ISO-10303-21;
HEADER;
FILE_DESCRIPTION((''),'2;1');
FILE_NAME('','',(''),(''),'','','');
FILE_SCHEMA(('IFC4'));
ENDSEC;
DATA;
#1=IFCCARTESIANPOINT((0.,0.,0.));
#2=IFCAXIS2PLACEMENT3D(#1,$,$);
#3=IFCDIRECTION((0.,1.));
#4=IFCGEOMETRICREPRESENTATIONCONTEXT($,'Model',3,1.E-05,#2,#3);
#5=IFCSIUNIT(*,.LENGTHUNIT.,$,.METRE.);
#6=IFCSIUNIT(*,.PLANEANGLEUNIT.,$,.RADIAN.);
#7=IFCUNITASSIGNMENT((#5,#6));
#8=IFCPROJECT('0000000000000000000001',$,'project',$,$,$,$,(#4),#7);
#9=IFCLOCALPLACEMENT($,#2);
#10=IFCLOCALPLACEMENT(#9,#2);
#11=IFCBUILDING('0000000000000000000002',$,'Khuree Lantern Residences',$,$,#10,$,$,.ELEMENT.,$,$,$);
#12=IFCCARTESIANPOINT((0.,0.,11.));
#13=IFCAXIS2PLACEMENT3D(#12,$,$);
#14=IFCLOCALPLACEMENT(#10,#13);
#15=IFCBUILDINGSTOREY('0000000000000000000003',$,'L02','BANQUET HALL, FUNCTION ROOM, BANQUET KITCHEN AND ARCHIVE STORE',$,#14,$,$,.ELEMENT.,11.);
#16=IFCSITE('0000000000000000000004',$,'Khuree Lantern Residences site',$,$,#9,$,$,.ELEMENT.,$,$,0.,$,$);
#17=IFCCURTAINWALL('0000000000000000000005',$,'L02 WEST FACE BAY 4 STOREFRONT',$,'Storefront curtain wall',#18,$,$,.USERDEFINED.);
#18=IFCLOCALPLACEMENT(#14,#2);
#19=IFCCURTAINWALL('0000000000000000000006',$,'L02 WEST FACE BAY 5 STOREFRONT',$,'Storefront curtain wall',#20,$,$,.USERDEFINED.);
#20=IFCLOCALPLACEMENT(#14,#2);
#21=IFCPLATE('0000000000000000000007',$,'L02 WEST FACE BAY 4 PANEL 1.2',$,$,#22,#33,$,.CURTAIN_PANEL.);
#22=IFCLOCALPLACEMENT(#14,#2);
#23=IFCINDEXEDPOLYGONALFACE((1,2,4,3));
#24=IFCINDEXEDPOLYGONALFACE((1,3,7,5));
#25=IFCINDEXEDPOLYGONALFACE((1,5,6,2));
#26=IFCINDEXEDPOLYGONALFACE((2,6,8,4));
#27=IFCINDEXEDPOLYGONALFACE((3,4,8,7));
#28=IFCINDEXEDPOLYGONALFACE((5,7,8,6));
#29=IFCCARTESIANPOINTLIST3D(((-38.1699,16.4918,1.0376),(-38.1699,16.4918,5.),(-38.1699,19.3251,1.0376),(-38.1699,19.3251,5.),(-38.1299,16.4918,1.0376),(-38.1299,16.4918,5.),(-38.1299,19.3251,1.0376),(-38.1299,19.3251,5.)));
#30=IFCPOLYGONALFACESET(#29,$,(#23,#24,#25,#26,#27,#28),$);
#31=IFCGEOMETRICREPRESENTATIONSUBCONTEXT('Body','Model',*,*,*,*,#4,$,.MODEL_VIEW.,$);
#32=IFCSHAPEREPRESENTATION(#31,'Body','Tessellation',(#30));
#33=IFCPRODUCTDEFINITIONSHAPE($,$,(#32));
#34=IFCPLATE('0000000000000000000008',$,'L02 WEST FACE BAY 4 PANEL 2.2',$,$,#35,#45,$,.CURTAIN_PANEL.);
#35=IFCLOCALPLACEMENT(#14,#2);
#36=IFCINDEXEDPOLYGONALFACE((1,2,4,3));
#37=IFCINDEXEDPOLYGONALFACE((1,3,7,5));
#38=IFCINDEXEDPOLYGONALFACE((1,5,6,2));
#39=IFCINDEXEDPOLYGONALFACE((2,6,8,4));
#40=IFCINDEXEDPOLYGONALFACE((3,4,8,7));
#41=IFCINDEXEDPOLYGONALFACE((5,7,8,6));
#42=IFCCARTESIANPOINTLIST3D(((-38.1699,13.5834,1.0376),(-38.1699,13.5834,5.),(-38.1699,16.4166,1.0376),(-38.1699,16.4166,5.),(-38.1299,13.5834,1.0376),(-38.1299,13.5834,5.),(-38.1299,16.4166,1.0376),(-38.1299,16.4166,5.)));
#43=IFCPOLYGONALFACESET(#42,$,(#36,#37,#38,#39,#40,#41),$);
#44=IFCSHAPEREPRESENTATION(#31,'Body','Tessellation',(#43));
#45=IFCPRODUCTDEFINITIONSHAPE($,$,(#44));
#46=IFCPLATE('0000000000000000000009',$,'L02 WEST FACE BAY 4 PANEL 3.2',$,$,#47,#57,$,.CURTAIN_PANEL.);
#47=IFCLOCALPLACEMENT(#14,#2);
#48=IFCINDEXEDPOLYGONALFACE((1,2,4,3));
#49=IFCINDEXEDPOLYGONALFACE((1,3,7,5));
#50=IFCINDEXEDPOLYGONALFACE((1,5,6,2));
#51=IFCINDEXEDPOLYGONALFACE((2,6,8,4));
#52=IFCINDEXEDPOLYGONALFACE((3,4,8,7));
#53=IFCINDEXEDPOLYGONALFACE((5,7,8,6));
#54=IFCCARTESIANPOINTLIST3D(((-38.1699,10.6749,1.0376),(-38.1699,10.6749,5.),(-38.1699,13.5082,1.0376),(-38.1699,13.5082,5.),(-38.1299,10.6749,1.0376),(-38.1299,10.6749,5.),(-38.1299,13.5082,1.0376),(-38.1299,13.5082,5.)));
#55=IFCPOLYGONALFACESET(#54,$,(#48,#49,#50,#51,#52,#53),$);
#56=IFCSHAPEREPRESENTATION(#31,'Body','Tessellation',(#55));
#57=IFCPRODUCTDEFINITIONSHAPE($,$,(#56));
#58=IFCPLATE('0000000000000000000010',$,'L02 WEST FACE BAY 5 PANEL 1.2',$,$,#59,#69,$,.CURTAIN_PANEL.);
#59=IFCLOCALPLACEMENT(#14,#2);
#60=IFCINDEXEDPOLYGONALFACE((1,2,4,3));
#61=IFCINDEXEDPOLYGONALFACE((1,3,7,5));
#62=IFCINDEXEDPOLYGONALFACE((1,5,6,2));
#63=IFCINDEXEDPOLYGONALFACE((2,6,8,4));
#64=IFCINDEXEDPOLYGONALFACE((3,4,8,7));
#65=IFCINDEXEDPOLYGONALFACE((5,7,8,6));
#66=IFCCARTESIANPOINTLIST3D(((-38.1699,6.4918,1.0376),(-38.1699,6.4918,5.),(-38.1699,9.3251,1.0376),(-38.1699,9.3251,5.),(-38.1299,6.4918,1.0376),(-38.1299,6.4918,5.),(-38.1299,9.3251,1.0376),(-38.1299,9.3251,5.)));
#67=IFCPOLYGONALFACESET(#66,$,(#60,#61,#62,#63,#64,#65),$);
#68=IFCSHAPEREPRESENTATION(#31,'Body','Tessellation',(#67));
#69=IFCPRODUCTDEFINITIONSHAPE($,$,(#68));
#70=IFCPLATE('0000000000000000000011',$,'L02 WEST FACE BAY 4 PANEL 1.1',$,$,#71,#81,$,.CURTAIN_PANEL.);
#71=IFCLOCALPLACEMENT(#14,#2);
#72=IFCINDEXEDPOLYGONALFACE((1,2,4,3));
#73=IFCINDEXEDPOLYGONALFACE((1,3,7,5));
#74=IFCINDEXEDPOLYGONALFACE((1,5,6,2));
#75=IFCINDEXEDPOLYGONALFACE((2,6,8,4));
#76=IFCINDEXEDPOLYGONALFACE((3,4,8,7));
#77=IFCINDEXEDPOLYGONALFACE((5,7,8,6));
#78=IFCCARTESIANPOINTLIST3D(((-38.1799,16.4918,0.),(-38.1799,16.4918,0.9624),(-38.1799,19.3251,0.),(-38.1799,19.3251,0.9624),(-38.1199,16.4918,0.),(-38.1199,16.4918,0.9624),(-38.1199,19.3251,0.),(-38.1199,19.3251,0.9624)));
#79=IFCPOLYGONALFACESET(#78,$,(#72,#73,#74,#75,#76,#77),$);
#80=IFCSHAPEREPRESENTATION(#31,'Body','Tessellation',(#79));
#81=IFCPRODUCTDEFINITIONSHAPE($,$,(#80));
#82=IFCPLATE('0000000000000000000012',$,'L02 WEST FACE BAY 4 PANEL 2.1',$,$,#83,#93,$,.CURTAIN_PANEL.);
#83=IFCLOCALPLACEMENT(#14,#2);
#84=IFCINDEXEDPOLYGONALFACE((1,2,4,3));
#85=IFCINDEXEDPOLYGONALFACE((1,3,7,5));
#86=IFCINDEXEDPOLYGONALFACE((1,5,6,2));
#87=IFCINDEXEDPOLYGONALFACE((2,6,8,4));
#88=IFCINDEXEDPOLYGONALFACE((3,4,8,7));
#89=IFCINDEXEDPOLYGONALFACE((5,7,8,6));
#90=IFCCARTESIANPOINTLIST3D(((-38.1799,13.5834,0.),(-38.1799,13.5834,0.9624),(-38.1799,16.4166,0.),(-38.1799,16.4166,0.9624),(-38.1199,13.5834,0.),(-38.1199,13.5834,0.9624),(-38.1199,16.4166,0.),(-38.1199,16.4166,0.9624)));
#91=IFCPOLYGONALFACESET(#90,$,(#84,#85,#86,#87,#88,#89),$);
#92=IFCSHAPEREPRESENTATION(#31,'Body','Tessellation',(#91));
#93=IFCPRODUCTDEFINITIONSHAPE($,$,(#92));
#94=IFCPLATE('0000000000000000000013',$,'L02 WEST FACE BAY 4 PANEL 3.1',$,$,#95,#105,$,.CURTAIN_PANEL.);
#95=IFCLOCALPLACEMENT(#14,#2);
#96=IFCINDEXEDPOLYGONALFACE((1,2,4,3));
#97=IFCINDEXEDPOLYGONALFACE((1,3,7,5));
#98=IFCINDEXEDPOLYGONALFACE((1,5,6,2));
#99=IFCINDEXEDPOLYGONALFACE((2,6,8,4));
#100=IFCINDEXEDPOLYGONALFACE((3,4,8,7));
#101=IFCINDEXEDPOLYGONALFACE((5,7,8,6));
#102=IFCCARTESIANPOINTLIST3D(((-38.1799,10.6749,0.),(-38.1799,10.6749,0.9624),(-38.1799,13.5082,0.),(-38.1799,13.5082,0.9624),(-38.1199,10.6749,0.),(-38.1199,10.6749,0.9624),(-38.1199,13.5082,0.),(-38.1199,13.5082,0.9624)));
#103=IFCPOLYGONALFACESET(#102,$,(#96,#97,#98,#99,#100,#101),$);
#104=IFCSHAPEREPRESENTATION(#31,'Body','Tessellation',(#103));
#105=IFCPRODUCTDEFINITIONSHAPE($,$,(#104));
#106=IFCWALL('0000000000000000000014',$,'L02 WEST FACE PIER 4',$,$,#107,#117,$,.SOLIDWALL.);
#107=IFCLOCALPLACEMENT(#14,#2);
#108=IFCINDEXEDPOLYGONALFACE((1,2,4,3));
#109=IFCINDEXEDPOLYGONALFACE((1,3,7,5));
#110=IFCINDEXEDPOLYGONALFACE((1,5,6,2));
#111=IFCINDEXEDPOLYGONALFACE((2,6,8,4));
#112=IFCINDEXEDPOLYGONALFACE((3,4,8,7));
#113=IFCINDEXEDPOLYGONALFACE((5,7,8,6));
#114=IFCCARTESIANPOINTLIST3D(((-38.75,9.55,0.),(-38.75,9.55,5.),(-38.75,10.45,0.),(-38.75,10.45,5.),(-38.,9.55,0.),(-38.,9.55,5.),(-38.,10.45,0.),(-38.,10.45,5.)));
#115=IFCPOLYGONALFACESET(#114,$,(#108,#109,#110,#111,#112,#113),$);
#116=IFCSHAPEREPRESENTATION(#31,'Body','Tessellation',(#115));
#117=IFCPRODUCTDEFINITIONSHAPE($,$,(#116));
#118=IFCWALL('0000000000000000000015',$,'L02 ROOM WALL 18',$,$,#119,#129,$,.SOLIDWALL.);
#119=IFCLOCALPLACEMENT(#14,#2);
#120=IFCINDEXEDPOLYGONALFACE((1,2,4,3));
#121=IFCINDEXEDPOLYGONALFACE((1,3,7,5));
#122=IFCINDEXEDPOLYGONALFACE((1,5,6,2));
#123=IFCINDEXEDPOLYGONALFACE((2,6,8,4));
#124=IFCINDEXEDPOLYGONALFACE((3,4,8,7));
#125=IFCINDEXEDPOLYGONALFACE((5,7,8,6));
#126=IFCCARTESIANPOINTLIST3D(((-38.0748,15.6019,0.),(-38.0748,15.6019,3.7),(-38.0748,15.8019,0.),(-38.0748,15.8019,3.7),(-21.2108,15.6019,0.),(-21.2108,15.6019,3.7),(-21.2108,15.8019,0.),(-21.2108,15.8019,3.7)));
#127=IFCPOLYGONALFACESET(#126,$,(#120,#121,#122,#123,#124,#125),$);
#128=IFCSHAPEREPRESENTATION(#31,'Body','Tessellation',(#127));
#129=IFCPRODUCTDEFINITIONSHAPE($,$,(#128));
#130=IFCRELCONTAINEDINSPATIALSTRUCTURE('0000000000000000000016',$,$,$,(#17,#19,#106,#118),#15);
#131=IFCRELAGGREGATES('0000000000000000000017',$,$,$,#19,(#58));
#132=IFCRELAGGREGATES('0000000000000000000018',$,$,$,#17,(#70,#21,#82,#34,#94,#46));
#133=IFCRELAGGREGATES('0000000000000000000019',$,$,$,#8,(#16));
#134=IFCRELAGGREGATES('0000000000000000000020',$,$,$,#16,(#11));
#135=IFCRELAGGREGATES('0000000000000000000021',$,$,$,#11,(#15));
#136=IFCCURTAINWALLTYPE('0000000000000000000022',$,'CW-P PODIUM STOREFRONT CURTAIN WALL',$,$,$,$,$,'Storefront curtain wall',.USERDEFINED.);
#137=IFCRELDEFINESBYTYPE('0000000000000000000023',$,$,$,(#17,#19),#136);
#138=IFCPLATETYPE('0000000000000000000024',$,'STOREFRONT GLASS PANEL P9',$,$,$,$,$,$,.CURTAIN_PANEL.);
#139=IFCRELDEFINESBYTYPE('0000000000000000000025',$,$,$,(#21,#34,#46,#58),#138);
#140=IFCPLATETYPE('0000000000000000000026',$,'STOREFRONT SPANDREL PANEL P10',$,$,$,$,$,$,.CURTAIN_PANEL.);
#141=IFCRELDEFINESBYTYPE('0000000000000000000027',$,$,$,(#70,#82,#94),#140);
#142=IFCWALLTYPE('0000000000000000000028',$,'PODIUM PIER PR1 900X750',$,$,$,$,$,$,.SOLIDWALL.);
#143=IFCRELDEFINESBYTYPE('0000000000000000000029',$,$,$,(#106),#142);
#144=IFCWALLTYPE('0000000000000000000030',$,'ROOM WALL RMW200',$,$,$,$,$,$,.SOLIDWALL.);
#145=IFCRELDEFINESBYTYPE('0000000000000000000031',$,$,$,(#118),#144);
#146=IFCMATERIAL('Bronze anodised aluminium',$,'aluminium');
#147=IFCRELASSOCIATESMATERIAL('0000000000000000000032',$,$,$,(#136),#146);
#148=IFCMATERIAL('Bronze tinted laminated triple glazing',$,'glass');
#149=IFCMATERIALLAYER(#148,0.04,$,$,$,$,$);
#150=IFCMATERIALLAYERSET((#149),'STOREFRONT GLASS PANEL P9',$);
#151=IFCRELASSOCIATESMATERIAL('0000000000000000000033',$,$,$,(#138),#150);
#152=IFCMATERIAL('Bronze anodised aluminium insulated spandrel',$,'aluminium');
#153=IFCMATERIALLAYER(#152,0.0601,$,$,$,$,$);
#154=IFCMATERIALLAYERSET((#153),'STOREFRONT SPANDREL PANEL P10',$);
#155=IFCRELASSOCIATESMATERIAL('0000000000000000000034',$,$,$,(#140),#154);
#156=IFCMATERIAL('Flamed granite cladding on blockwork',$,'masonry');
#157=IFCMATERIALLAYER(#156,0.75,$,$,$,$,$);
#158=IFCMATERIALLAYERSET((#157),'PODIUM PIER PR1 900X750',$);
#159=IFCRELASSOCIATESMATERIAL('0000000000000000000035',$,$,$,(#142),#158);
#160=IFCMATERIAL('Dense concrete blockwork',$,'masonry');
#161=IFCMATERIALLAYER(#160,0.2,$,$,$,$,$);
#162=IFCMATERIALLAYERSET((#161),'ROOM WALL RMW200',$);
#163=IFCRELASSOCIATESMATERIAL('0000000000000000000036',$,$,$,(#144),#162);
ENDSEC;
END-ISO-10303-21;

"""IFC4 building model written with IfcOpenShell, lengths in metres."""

from ifc_helpers import new_model, si_unit, direction, frame, frame_2d, origin, origin_2d, place, context, subcontext, project, spatial, rectangle, extrude, material, layer, layer_set, type_object, element, aggregate, save


model = new_model("IFC4")

# Units and contexts
model_context = context("Model", 3, precision=1e-05, world=origin(), true_north=direction((0.0, 1.0)))
body_context = subcontext(model_context, "Body", "Model", "MODEL_VIEW")
ifc_project = project(units=[si_unit("LENGTHUNIT", "METRE"), si_unit("PLANEANGLEUNIT", "RADIAN")], contexts=[model_context])

# Site, building, storey
site_placement = place(None, origin())
site = spatial("IfcSite", under=ifc_project, at=site_placement, Name="Khuree Lantern Residences site", CompositionType="ELEMENT", RefElevation=0.0)
building_placement = place(site_placement, origin())
building = spatial("IfcBuilding", under=site, at=building_placement, Name="Khuree Lantern Residences", CompositionType="ELEMENT")
storey_placement = place(building_placement, frame((0.0, 0.0, 11.0)))
storey = spatial("IfcBuildingStorey", under=building, at=storey_placement, Name="L02", Description="BANQUET HALL, FUNCTION ROOM, BANQUET KITCHEN AND ARCHIVE STORE", CompositionType="ELEMENT", Elevation=11.0)

# Curtain wall
ifc_material_1 = material(Name="Bronze anodised aluminium", Category="aluminium")
curtain_wall_type = type_object("IfcCurtainWallType", Name="CW-P PODIUM STOREFRONT CURTAIN WALL", ElementType="Storefront curtain wall", PredefinedType="USERDEFINED", material=ifc_material_1)
curtain_wall_1_placement = place(storey_placement, origin())
curtain_wall_1 = element("IfcCurtainWall", 1, at=curtain_wall_1_placement, inside=storey, type_object=curtain_wall_type, Name="L02 WEST FACE BAY 4 STOREFRONT", ObjectType="Storefront curtain wall", PredefinedType="USERDEFINED")

# Curtain wall
curtain_wall_2_placement = place(storey_placement, origin())
curtain_wall_2 = element("IfcCurtainWall", 2, at=curtain_wall_2_placement, inside=storey, type_object=curtain_wall_type, Name="L02 WEST FACE BAY 5 STOREFRONT", ObjectType="Storefront curtain wall", PredefinedType="USERDEFINED")

# Plates
ifc_material_2 = material(Name="Bronze tinted laminated triple glazing", Category="glass")
ifc_layer_1 = layer(ifc_material_2, 0.04)
ifc_layer_set_1 = layer_set([ifc_layer_1], Name="STOREFRONT GLASS PANEL P9")
plate_type_1 = type_object("IfcPlateType", Name="STOREFRONT GLASS PANEL P9", PredefinedType="CURTAIN_PANEL", material=ifc_layer_set_1)
plate_1_placement = place(storey_placement, frame((-38.1499, 17.9084, 1.0376), z_axis=(0.0, 0.0, 1.0), x_axis=(0.0, -1.0, 0.0)))
plate_1 = element("IfcPlate", 3, at=plate_1_placement, type_object=plate_type_1, Name="L02 WEST FACE BAY 4 PANEL 1.2", PredefinedType="CURTAIN_PANEL", context=body_context, shape_type="SweptSolid", body=[
    extrude(rectangle(XDim=2.8333, YDim=0.04, at=origin_2d()), origin(), (0.0, 0.0, 1.0), 3.9624),
])
plate_2_placement = place(storey_placement, frame((-38.1499, 15.0, 1.0376), z_axis=(0.0, 0.0, 1.0), x_axis=(0.0, -1.0, 0.0)))
plate_2 = element("IfcPlate", 4, at=plate_2_placement, type_object=plate_type_1, Name="L02 WEST FACE BAY 4 PANEL 2.2", PredefinedType="CURTAIN_PANEL", context=body_context, shape_type="SweptSolid", body=[
    extrude(rectangle(XDim=2.8333, YDim=0.04, at=origin_2d()), origin(), (0.0, 0.0, 1.0), 3.9624),
])
plate_3_placement = place(storey_placement, frame((-38.1499, 12.0916, 1.0376), z_axis=(0.0, 0.0, 1.0), x_axis=(0.0, -1.0, 0.0)))
plate_3 = element("IfcPlate", 5, at=plate_3_placement, type_object=plate_type_1, Name="L02 WEST FACE BAY 4 PANEL 3.2", PredefinedType="CURTAIN_PANEL", context=body_context, shape_type="SweptSolid", body=[
    extrude(rectangle(XDim=2.8333, YDim=0.04, at=origin_2d()), origin(), (0.0, 0.0, 1.0), 3.9624),
])
plate_4_placement = place(storey_placement, frame((-38.1499, 7.9084, 1.0376), z_axis=(0.0, 0.0, 1.0), x_axis=(0.0, -1.0, 0.0)))
plate_4 = element("IfcPlate", 6, at=plate_4_placement, type_object=plate_type_1, Name="L02 WEST FACE BAY 5 PANEL 1.2", PredefinedType="CURTAIN_PANEL", context=body_context, shape_type="SweptSolid", body=[
    extrude(rectangle(XDim=2.8333, YDim=0.04, at=origin_2d()), origin(), (0.0, 0.0, 1.0), 3.9624),
])
aggregate(curtain_wall_2, [plate_4])
ifc_material_3 = material(Name="Bronze anodised aluminium insulated spandrel", Category="aluminium")
ifc_layer_2 = layer(ifc_material_3, 0.0601)
ifc_layer_set_2 = layer_set([ifc_layer_2], Name="STOREFRONT SPANDREL PANEL P10")
plate_type_2 = type_object("IfcPlateType", Name="STOREFRONT SPANDREL PANEL P10", PredefinedType="CURTAIN_PANEL", material=ifc_layer_set_2)
plate_5_placement = place(storey_placement, frame((-38.1499, 17.9084, 0.0), z_axis=(0.0, 0.0, 1.0), x_axis=(0.0, -1.0, 0.0)))
plate_5 = element("IfcPlate", 7, at=plate_5_placement, type_object=plate_type_2, Name="L02 WEST FACE BAY 4 PANEL 1.1", PredefinedType="CURTAIN_PANEL", context=body_context, shape_type="SweptSolid", body=[
    extrude(rectangle(XDim=2.8333, YDim=0.0601, at=origin_2d()), origin(), (0.0, 0.0, 1.0), 0.9624),
])
plate_6_placement = place(storey_placement, frame((-38.1499, 15.0, 0.0), z_axis=(0.0, 0.0, 1.0), x_axis=(0.0, -1.0, 0.0)))
plate_6 = element("IfcPlate", 8, at=plate_6_placement, type_object=plate_type_2, Name="L02 WEST FACE BAY 4 PANEL 2.1", PredefinedType="CURTAIN_PANEL", context=body_context, shape_type="SweptSolid", body=[
    extrude(rectangle(XDim=2.8333, YDim=0.0601, at=origin_2d()), origin(), (0.0, 0.0, 1.0), 0.9624),
])
plate_7_placement = place(storey_placement, frame((-38.1499, 12.0916, 0.0), z_axis=(0.0, 0.0, 1.0), x_axis=(0.0, -1.0, 0.0)))
plate_7 = element("IfcPlate", 9, at=plate_7_placement, type_object=plate_type_2, Name="L02 WEST FACE BAY 4 PANEL 3.1", PredefinedType="CURTAIN_PANEL", context=body_context, shape_type="SweptSolid", body=[
    extrude(rectangle(XDim=2.8333, YDim=0.0601, at=origin_2d()), origin(), (0.0, 0.0, 1.0), 0.9624),
])
aggregate(curtain_wall_1, [plate_5, plate_1, plate_6, plate_2, plate_7, plate_3])

# Walls
ifc_material_4 = material(Name="Flamed granite cladding on blockwork", Category="masonry")
ifc_layer_3 = layer(ifc_material_4, 0.75)
ifc_layer_set_3 = layer_set([ifc_layer_3], Name="PODIUM PIER PR1 900X750")
wall_type_1 = type_object("IfcWallType", Name="PODIUM PIER PR1 900X750", PredefinedType="SOLIDWALL", material=ifc_layer_set_3)
wall_1_placement = place(storey_placement, frame((-38.375, 10.45, 0.0), z_axis=(0.0, 0.0, 1.0), x_axis=(0.0, -1.0, 0.0)))
element("IfcWall", 10, at=wall_1_placement, inside=storey, type_object=wall_type_1, Name="L02 WEST FACE PIER 4", PredefinedType="SOLIDWALL", context=body_context, shape_type="SweptSolid", body=[
    extrude(rectangle(XDim=0.8999, YDim=0.75, at=frame_2d((0.45, 0.0))), origin(), (0.0, 0.0, 1.0), 5.0),
])
ifc_material_5 = material(Name="Dense concrete blockwork", Category="masonry")
ifc_layer_4 = layer(ifc_material_5, 0.2)
ifc_layer_set_4 = layer_set([ifc_layer_4], Name="ROOM WALL RMW200")
wall_type_2 = type_object("IfcWallType", Name="ROOM WALL RMW200", PredefinedType="SOLIDWALL", material=ifc_layer_set_4)
wall_2_placement = place(storey_placement, frame((-38.075, 15.7019, 0.0), z_axis=(0.0, 0.0, 1.0), x_axis=(1.0, 0.0, 0.0)))
element("IfcWall", 11, at=wall_2_placement, inside=storey, type_object=wall_type_2, Name="L02 ROOM WALL 18", PredefinedType="SOLIDWALL", context=body_context, shape_type="SweptSolid", body=[
    extrude(rectangle(XDim=16.864, YDim=0.2, at=frame_2d((8.4321, 0.0))), origin(), (0.0, 0.0, 1.0), 3.7),
])

save(model, "model.ifc")
